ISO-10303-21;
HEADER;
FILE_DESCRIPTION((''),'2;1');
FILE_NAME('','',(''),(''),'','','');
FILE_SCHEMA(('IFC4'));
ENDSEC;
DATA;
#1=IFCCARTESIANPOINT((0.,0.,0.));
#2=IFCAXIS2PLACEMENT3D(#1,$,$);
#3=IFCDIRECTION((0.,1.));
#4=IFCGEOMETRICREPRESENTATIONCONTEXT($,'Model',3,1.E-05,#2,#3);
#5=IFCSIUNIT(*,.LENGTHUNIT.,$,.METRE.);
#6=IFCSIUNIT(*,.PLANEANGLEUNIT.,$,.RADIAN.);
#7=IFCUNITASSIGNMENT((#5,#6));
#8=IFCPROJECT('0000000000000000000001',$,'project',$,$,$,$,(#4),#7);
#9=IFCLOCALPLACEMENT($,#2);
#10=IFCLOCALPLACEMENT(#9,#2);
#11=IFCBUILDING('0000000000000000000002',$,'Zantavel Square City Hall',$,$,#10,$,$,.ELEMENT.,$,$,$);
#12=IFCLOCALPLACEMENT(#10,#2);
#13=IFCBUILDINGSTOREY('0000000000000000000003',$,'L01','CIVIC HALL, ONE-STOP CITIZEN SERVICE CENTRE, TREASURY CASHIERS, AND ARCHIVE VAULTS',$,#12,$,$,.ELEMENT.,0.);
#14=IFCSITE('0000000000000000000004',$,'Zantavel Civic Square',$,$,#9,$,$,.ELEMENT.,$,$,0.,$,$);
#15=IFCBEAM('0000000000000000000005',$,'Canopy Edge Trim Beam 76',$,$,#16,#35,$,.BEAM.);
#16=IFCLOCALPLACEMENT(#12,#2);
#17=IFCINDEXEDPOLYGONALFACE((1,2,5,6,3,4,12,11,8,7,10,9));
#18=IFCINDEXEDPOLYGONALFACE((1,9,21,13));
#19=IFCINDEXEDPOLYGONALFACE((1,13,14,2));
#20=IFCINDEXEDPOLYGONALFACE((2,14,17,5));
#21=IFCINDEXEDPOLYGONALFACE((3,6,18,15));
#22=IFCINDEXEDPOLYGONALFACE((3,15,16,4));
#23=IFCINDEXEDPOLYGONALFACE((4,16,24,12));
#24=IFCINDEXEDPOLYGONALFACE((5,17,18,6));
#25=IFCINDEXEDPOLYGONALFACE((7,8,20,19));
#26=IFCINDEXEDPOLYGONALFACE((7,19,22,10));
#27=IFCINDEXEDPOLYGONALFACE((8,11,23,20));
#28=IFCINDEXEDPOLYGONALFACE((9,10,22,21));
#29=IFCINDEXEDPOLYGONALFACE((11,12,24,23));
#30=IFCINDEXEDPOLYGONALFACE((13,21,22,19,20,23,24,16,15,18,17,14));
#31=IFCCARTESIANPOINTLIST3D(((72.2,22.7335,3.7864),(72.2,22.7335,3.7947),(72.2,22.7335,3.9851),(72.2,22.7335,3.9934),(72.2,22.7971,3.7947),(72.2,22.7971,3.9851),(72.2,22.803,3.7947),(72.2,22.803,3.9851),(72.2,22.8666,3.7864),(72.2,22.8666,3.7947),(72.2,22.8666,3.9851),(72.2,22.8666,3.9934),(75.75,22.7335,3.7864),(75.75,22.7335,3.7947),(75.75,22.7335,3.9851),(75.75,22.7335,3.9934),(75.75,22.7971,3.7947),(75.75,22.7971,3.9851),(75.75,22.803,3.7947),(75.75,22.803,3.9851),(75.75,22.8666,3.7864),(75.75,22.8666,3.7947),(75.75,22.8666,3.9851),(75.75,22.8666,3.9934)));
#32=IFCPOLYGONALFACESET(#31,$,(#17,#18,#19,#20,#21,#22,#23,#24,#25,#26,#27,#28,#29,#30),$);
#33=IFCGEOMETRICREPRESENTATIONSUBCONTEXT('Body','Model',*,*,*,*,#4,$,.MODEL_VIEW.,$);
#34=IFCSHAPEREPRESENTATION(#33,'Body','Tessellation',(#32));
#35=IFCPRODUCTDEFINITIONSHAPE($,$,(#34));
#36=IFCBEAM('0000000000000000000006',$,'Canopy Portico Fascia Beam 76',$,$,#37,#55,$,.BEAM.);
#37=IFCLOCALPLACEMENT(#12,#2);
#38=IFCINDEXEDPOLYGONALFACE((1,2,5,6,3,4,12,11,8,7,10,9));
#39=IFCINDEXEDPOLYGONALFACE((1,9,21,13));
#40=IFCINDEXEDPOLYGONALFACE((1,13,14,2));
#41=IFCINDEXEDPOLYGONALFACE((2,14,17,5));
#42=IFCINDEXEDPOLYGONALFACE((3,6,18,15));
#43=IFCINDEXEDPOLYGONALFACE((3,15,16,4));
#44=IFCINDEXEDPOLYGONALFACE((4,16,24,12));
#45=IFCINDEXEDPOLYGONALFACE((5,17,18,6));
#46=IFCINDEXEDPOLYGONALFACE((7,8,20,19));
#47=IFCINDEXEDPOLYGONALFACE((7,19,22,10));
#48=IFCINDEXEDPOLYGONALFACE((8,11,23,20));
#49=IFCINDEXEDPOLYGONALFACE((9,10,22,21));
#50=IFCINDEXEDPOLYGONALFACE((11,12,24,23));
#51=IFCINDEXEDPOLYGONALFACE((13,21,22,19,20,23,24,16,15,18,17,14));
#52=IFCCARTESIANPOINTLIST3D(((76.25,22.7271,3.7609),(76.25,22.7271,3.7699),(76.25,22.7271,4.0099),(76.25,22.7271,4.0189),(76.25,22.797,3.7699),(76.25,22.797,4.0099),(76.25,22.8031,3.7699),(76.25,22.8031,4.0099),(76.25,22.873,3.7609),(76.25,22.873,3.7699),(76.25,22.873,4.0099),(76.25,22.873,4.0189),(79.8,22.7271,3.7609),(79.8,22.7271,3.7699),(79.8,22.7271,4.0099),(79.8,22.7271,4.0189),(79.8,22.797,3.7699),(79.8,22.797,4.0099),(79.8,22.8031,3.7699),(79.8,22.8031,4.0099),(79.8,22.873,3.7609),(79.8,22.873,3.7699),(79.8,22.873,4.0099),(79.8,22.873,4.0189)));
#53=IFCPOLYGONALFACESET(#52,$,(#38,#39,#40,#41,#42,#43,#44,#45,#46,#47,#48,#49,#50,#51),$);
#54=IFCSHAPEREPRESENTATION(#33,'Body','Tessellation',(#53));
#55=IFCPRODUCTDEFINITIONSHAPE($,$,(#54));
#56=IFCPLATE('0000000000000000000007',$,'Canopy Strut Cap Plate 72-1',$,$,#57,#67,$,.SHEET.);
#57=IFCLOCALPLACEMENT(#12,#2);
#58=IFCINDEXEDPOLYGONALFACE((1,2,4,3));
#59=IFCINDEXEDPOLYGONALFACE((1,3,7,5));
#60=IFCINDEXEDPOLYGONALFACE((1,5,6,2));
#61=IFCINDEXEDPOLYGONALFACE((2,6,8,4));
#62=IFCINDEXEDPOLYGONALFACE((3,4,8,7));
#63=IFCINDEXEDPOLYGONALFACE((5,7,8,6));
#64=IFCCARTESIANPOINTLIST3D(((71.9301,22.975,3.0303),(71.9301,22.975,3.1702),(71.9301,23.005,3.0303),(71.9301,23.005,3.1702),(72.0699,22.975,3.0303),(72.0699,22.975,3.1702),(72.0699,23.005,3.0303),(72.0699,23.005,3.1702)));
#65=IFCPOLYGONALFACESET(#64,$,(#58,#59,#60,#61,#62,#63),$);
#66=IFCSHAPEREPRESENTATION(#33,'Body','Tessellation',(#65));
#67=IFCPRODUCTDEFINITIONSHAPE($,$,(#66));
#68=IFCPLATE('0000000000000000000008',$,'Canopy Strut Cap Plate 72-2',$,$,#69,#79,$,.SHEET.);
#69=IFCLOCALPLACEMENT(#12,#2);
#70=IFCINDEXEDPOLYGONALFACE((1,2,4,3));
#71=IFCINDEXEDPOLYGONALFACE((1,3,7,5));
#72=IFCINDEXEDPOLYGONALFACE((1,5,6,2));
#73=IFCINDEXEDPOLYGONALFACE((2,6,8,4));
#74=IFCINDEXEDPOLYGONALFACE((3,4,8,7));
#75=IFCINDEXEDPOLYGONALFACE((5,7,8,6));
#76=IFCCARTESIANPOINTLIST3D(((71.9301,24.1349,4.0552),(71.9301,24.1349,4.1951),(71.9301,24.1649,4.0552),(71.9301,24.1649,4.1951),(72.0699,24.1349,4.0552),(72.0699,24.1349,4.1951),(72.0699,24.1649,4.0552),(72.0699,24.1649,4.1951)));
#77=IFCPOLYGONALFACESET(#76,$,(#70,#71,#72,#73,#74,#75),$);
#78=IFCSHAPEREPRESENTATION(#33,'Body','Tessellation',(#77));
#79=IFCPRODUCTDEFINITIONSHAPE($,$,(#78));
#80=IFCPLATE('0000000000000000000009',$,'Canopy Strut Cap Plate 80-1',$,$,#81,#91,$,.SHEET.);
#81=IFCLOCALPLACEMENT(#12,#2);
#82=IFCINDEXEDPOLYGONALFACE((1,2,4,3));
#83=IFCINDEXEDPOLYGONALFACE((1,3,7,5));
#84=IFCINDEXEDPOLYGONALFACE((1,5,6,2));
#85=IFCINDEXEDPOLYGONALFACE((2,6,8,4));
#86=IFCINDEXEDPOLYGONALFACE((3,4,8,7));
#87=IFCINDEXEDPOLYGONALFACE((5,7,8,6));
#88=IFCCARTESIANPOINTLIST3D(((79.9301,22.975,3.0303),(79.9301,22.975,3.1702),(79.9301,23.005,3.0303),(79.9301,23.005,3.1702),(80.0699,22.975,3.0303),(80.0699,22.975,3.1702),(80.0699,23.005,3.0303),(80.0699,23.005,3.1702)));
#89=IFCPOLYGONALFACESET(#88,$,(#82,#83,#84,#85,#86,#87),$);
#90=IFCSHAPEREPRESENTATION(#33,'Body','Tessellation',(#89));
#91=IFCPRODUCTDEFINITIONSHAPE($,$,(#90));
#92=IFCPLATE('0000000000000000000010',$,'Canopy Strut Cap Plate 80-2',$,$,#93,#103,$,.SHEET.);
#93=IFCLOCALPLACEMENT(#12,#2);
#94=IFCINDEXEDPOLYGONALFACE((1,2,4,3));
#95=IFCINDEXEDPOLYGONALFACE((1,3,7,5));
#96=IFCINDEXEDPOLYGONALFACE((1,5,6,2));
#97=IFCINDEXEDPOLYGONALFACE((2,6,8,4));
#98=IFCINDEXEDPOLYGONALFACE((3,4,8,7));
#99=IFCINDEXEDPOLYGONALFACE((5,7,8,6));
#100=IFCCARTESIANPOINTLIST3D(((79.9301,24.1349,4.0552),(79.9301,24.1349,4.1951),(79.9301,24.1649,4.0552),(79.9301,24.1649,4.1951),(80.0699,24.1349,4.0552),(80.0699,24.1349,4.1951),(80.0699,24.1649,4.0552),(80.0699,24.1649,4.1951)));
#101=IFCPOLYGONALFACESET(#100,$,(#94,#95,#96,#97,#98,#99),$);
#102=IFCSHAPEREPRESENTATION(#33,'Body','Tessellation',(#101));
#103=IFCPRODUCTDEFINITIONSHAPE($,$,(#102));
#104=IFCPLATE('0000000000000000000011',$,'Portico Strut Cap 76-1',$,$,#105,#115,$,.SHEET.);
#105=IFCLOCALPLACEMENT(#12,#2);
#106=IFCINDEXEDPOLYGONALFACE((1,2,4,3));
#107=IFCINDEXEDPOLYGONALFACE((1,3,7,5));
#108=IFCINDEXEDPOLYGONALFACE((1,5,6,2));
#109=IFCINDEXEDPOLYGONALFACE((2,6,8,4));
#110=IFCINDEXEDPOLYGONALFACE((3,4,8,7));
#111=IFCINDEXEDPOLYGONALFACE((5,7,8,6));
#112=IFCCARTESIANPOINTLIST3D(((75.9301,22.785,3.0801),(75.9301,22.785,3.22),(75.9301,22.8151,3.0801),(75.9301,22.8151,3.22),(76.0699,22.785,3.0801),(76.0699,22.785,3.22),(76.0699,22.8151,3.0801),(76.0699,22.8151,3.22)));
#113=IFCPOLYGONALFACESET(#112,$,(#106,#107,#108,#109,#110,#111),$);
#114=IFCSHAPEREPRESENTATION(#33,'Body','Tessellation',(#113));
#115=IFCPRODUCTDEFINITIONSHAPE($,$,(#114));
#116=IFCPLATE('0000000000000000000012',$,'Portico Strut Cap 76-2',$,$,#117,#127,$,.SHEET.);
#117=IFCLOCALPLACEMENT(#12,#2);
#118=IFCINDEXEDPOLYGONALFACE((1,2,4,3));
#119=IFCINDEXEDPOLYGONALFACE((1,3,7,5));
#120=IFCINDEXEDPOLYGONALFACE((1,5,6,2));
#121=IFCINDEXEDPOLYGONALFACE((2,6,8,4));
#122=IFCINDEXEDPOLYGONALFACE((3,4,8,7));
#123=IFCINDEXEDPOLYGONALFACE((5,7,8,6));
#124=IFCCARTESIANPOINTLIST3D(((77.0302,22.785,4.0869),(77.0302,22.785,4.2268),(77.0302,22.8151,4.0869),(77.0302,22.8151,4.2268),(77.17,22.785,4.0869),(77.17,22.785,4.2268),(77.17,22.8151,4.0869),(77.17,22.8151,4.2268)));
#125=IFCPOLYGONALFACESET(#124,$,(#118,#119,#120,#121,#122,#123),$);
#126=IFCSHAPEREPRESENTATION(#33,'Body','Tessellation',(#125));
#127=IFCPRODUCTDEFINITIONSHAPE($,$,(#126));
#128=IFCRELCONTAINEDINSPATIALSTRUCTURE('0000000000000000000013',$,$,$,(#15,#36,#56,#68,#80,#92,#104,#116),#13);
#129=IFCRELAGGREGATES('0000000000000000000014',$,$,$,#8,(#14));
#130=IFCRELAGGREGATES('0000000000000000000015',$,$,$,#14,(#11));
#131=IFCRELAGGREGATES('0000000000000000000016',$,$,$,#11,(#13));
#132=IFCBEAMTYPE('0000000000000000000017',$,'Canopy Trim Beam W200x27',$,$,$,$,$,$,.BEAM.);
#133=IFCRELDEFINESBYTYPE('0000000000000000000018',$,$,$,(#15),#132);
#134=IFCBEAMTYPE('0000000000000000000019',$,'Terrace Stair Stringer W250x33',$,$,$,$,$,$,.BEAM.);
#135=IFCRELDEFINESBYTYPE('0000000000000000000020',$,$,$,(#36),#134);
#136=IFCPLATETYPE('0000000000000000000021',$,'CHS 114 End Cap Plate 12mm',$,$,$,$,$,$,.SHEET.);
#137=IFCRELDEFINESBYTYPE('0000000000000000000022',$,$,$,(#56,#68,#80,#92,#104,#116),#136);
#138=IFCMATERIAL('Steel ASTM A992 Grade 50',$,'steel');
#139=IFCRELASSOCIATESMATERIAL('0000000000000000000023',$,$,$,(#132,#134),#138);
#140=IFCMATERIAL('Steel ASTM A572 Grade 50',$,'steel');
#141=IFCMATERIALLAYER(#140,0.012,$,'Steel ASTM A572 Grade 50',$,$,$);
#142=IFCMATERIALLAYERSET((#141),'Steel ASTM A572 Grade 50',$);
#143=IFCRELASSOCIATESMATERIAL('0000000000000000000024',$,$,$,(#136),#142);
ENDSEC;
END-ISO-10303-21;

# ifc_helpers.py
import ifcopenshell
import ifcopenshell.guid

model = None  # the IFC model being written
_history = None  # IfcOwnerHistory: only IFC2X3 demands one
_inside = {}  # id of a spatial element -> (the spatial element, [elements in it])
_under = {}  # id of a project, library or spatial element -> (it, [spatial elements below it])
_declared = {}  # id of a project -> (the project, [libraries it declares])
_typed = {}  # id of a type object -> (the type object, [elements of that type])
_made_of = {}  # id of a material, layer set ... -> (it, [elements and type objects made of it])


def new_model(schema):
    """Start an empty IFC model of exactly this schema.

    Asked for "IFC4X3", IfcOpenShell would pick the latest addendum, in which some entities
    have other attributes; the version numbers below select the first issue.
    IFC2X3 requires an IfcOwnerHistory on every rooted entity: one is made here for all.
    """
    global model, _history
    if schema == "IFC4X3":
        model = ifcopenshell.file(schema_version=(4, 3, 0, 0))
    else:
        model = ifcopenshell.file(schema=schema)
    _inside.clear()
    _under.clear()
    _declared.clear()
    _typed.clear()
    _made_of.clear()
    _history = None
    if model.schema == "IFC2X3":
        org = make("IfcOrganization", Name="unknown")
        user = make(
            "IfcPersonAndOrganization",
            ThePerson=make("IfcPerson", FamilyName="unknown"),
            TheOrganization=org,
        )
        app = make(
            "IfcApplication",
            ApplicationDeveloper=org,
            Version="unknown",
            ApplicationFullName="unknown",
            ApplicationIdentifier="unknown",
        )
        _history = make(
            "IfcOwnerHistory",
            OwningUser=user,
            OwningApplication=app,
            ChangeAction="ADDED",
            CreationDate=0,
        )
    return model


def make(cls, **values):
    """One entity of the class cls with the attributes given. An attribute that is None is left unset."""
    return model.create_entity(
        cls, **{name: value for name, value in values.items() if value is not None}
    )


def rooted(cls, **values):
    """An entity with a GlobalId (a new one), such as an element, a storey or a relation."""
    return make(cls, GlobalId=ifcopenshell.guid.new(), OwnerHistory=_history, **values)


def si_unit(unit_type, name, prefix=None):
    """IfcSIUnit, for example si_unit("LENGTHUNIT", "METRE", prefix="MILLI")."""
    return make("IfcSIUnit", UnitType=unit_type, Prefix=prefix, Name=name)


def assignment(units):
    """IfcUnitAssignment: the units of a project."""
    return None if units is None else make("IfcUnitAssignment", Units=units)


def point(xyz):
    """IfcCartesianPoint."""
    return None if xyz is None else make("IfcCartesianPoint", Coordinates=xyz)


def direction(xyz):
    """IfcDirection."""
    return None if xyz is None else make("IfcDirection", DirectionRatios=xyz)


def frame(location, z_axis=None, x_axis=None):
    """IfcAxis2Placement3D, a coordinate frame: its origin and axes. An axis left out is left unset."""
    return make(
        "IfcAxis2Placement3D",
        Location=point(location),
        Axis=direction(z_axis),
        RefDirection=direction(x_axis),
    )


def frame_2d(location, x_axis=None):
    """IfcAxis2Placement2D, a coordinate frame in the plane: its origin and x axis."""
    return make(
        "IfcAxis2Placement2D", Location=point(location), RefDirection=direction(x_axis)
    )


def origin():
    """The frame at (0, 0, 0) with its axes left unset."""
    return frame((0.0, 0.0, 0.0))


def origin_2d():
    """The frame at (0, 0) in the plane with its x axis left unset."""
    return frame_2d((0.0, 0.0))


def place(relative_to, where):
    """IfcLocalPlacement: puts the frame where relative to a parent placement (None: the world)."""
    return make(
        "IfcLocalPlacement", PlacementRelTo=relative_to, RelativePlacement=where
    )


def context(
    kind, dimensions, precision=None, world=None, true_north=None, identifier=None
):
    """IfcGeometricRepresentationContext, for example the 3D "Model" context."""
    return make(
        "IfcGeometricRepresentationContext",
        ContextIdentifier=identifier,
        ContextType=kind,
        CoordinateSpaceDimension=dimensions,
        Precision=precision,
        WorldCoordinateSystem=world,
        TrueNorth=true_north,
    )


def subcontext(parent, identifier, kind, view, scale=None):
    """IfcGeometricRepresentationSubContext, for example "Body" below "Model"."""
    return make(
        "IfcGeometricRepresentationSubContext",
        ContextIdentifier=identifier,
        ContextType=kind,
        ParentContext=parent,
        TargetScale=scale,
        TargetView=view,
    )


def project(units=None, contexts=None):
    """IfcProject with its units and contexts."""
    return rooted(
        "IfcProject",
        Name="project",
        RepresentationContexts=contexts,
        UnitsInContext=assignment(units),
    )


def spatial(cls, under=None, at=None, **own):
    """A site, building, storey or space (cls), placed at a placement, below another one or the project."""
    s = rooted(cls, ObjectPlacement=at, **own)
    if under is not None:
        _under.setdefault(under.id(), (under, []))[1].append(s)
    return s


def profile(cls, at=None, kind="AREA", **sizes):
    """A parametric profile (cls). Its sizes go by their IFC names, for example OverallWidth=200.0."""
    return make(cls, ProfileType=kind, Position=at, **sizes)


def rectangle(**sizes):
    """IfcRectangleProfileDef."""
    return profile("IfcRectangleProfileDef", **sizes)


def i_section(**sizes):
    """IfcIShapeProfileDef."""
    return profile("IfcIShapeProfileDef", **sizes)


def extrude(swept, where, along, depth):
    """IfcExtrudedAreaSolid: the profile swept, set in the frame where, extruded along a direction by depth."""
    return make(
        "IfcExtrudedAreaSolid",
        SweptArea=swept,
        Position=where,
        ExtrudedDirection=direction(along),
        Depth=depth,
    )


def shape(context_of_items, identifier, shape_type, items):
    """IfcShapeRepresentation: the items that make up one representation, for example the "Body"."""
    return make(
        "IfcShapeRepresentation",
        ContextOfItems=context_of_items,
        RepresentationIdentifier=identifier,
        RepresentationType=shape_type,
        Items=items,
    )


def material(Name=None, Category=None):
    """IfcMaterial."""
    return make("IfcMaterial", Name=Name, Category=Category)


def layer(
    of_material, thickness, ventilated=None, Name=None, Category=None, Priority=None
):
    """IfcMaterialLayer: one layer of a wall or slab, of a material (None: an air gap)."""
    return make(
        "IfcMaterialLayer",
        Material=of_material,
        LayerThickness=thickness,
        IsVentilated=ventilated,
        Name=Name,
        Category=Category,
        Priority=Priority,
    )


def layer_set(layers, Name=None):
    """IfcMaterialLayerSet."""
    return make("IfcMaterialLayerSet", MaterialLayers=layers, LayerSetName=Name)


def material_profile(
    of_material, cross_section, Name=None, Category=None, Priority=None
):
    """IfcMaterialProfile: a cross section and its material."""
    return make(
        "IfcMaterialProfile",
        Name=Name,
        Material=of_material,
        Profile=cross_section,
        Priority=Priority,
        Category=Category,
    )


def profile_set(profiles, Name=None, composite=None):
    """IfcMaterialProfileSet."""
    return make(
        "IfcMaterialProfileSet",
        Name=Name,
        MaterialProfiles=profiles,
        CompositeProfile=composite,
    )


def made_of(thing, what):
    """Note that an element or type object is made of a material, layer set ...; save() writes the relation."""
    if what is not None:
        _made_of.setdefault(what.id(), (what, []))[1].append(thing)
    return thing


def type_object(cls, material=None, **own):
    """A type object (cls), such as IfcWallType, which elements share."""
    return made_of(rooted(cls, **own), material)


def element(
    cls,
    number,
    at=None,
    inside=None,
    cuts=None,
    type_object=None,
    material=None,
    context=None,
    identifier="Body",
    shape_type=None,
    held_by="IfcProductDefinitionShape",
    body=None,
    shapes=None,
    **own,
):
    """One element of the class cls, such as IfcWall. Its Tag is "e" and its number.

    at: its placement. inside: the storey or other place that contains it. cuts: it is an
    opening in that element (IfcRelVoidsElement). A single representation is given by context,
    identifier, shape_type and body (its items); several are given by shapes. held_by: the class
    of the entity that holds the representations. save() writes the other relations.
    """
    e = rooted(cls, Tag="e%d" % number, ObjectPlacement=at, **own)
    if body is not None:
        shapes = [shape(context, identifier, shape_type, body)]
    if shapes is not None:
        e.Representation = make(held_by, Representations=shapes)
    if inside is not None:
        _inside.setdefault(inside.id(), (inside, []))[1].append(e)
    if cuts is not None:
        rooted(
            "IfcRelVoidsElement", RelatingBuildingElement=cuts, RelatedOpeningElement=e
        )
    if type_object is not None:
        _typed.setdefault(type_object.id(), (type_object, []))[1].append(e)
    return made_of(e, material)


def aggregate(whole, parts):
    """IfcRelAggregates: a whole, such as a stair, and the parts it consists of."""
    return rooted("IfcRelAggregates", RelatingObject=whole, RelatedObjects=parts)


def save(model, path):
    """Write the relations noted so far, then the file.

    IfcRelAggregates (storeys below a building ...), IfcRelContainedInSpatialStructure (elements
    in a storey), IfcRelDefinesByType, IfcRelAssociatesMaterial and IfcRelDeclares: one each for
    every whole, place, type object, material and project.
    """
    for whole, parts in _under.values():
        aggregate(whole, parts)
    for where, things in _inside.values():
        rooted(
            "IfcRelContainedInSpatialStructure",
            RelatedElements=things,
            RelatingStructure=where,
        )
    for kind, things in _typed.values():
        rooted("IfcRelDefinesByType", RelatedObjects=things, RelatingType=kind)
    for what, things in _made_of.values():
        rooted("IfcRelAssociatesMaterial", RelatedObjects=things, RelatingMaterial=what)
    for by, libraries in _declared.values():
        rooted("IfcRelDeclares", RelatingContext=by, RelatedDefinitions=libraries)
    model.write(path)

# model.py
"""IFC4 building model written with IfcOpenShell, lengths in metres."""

from ifc_helpers import new_model, si_unit, direction, frame, origin, origin_2d, place, context, subcontext, project, spatial, rectangle, i_section, extrude, material, layer, layer_set, material_profile, profile_set, type_object, element, save


model = new_model("IFC4")

# Units and contexts
model_context = context("Model", 3, precision=1e-05, world=origin(), true_north=direction((0.0, 1.0)))
body_context = subcontext(model_context, "Body", "Model", "MODEL_VIEW")
ifc_project = project(units=[si_unit("LENGTHUNIT", "METRE"), si_unit("PLANEANGLEUNIT", "RADIAN")], contexts=[model_context])

# Site, building, storey
site_placement = place(None, origin())
site = spatial("IfcSite", under=ifc_project, at=site_placement, Name="Zantavel Civic Square", CompositionType="ELEMENT", RefElevation=0.0)
building_placement = place(site_placement, origin())
building = spatial("IfcBuilding", under=site, at=building_placement, Name="Zantavel Square City Hall", CompositionType="ELEMENT")
storey_placement = place(building_placement, origin())
storey = spatial("IfcBuildingStorey", under=building, at=storey_placement, Name="L01", Description="CIVIC HALL, ONE-STOP CITIZEN SERVICE CENTRE, TREASURY CASHIERS, AND ARCHIVE VAULTS", CompositionType="ELEMENT", Elevation=0.0)

# Shared definitions
ifc_material_1 = material(Name="Steel ASTM A992 Grade 50", Category="steel")

# Beams
ifc_material_profile_1 = material_profile(ifc_material_1, i_section(OverallWidth=0.1331, OverallDepth=0.207, WebThickness=0.0059, FlangeThickness=0.0083, at=origin_2d()), Name="W200x27")
ifc_profile_set_1 = profile_set([ifc_material_profile_1], Name="Steel ASTM A992 Grade 50")
beam_type_1 = type_object("IfcBeamType", Name="Canopy Trim Beam W200x27", PredefinedType="BEAM", material=ifc_profile_set_1)
beam_1_placement = place(storey_placement, frame((72.2, 22.8, 3.8899), z_axis=(1.0, 0.0, 0.0), x_axis=(0.0, 1.0, 0.0)))
element("IfcBeam", 1, at=beam_1_placement, inside=storey, type_object=beam_type_1, Name="Canopy Edge Trim Beam 76", PredefinedType="BEAM", context=body_context, shape_type="SweptSolid", body=[
    extrude(i_section(OverallWidth=0.1331, OverallDepth=0.207, WebThickness=0.0059, FlangeThickness=0.0083, at=origin_2d()), origin(), (0.0, 0.0, 1.0), 3.55),
])
ifc_material_profile_2 = material_profile(ifc_material_1, i_section(OverallWidth=0.146, OverallDepth=0.2581, WebThickness=0.0061, FlangeThickness=0.009, at=origin_2d()), Name="W250x33")
ifc_profile_set_2 = profile_set([ifc_material_profile_2], Name="Steel ASTM A992 Grade 50")
beam_type_2 = type_object("IfcBeamType", Name="Terrace Stair Stringer W250x33", PredefinedType="BEAM", material=ifc_profile_set_2)
beam_2_placement = place(storey_placement, frame((76.25, 22.8, 3.8899), z_axis=(1.0, 0.0, 0.0), x_axis=(0.0, 1.0, 0.0)))
element("IfcBeam", 2, at=beam_2_placement, inside=storey, type_object=beam_type_2, Name="Canopy Portico Fascia Beam 76", PredefinedType="BEAM", context=body_context, shape_type="SweptSolid", body=[
    extrude(i_section(OverallWidth=0.146, OverallDepth=0.2581, WebThickness=0.0061, FlangeThickness=0.009, at=origin_2d()), origin(), (0.0, 0.0, 1.0), 3.55),
])

# Plates
ifc_material_2 = material(Name="Steel ASTM A572 Grade 50", Category="steel")
ifc_layer = layer(ifc_material_2, 0.012, Name="Steel ASTM A572 Grade 50")
ifc_layer_set = layer_set([ifc_layer], Name="Steel ASTM A572 Grade 50")
plate_type = type_object("IfcPlateType", Name="CHS 114 End Cap Plate 12mm", PredefinedType="SHEET", material=ifc_layer_set)
for number, where, z_axis, x_axis, name in (
    (3, (72.0, 22.99, 3.0303), (0.0, 0.0, 1.0), (1.0, 0.0, 0.0), "Canopy Strut Cap Plate 72-1"),
    (4, (72.0, 24.1499, 4.0552), (0.0, 0.0, 1.0), (1.0, 0.0, 0.0), "Canopy Strut Cap Plate 72-2"),
    (5, (80.0, 22.99, 3.0303), (0.0, 0.0, 1.0), (1.0, 0.0, 0.0), "Canopy Strut Cap Plate 80-1"),
    (6, (80.0, 24.1499, 4.0552), (0.0, 0.0, 1.0), (1.0, 0.0, 0.0), "Canopy Strut Cap Plate 80-2"),
    (7, (76.0, 22.8, 3.0801), (0.0, 0.0, 1.0), (1.0, 0.0, 0.0), "Portico Strut Cap 76-1"),
    (8, (77.1001, 22.8, 4.0869), (0.0, 0.0, 1.0), (1.0, 0.0, 0.0), "Portico Strut Cap 76-2"),
):
    element("IfcPlate", number, at=place(storey_placement, frame(where, z_axis=z_axis, x_axis=x_axis)), inside=storey, type_object=plate_type, Name=name, PredefinedType="SHEET", context=body_context, shape_type="SweptSolid", body=[
        extrude(rectangle(XDim=0.1399, YDim=0.03, at=origin_2d()), origin(), (0.0, 0.0, 1.0), 0.1399),
    ])

save(model, "model.ifc")
